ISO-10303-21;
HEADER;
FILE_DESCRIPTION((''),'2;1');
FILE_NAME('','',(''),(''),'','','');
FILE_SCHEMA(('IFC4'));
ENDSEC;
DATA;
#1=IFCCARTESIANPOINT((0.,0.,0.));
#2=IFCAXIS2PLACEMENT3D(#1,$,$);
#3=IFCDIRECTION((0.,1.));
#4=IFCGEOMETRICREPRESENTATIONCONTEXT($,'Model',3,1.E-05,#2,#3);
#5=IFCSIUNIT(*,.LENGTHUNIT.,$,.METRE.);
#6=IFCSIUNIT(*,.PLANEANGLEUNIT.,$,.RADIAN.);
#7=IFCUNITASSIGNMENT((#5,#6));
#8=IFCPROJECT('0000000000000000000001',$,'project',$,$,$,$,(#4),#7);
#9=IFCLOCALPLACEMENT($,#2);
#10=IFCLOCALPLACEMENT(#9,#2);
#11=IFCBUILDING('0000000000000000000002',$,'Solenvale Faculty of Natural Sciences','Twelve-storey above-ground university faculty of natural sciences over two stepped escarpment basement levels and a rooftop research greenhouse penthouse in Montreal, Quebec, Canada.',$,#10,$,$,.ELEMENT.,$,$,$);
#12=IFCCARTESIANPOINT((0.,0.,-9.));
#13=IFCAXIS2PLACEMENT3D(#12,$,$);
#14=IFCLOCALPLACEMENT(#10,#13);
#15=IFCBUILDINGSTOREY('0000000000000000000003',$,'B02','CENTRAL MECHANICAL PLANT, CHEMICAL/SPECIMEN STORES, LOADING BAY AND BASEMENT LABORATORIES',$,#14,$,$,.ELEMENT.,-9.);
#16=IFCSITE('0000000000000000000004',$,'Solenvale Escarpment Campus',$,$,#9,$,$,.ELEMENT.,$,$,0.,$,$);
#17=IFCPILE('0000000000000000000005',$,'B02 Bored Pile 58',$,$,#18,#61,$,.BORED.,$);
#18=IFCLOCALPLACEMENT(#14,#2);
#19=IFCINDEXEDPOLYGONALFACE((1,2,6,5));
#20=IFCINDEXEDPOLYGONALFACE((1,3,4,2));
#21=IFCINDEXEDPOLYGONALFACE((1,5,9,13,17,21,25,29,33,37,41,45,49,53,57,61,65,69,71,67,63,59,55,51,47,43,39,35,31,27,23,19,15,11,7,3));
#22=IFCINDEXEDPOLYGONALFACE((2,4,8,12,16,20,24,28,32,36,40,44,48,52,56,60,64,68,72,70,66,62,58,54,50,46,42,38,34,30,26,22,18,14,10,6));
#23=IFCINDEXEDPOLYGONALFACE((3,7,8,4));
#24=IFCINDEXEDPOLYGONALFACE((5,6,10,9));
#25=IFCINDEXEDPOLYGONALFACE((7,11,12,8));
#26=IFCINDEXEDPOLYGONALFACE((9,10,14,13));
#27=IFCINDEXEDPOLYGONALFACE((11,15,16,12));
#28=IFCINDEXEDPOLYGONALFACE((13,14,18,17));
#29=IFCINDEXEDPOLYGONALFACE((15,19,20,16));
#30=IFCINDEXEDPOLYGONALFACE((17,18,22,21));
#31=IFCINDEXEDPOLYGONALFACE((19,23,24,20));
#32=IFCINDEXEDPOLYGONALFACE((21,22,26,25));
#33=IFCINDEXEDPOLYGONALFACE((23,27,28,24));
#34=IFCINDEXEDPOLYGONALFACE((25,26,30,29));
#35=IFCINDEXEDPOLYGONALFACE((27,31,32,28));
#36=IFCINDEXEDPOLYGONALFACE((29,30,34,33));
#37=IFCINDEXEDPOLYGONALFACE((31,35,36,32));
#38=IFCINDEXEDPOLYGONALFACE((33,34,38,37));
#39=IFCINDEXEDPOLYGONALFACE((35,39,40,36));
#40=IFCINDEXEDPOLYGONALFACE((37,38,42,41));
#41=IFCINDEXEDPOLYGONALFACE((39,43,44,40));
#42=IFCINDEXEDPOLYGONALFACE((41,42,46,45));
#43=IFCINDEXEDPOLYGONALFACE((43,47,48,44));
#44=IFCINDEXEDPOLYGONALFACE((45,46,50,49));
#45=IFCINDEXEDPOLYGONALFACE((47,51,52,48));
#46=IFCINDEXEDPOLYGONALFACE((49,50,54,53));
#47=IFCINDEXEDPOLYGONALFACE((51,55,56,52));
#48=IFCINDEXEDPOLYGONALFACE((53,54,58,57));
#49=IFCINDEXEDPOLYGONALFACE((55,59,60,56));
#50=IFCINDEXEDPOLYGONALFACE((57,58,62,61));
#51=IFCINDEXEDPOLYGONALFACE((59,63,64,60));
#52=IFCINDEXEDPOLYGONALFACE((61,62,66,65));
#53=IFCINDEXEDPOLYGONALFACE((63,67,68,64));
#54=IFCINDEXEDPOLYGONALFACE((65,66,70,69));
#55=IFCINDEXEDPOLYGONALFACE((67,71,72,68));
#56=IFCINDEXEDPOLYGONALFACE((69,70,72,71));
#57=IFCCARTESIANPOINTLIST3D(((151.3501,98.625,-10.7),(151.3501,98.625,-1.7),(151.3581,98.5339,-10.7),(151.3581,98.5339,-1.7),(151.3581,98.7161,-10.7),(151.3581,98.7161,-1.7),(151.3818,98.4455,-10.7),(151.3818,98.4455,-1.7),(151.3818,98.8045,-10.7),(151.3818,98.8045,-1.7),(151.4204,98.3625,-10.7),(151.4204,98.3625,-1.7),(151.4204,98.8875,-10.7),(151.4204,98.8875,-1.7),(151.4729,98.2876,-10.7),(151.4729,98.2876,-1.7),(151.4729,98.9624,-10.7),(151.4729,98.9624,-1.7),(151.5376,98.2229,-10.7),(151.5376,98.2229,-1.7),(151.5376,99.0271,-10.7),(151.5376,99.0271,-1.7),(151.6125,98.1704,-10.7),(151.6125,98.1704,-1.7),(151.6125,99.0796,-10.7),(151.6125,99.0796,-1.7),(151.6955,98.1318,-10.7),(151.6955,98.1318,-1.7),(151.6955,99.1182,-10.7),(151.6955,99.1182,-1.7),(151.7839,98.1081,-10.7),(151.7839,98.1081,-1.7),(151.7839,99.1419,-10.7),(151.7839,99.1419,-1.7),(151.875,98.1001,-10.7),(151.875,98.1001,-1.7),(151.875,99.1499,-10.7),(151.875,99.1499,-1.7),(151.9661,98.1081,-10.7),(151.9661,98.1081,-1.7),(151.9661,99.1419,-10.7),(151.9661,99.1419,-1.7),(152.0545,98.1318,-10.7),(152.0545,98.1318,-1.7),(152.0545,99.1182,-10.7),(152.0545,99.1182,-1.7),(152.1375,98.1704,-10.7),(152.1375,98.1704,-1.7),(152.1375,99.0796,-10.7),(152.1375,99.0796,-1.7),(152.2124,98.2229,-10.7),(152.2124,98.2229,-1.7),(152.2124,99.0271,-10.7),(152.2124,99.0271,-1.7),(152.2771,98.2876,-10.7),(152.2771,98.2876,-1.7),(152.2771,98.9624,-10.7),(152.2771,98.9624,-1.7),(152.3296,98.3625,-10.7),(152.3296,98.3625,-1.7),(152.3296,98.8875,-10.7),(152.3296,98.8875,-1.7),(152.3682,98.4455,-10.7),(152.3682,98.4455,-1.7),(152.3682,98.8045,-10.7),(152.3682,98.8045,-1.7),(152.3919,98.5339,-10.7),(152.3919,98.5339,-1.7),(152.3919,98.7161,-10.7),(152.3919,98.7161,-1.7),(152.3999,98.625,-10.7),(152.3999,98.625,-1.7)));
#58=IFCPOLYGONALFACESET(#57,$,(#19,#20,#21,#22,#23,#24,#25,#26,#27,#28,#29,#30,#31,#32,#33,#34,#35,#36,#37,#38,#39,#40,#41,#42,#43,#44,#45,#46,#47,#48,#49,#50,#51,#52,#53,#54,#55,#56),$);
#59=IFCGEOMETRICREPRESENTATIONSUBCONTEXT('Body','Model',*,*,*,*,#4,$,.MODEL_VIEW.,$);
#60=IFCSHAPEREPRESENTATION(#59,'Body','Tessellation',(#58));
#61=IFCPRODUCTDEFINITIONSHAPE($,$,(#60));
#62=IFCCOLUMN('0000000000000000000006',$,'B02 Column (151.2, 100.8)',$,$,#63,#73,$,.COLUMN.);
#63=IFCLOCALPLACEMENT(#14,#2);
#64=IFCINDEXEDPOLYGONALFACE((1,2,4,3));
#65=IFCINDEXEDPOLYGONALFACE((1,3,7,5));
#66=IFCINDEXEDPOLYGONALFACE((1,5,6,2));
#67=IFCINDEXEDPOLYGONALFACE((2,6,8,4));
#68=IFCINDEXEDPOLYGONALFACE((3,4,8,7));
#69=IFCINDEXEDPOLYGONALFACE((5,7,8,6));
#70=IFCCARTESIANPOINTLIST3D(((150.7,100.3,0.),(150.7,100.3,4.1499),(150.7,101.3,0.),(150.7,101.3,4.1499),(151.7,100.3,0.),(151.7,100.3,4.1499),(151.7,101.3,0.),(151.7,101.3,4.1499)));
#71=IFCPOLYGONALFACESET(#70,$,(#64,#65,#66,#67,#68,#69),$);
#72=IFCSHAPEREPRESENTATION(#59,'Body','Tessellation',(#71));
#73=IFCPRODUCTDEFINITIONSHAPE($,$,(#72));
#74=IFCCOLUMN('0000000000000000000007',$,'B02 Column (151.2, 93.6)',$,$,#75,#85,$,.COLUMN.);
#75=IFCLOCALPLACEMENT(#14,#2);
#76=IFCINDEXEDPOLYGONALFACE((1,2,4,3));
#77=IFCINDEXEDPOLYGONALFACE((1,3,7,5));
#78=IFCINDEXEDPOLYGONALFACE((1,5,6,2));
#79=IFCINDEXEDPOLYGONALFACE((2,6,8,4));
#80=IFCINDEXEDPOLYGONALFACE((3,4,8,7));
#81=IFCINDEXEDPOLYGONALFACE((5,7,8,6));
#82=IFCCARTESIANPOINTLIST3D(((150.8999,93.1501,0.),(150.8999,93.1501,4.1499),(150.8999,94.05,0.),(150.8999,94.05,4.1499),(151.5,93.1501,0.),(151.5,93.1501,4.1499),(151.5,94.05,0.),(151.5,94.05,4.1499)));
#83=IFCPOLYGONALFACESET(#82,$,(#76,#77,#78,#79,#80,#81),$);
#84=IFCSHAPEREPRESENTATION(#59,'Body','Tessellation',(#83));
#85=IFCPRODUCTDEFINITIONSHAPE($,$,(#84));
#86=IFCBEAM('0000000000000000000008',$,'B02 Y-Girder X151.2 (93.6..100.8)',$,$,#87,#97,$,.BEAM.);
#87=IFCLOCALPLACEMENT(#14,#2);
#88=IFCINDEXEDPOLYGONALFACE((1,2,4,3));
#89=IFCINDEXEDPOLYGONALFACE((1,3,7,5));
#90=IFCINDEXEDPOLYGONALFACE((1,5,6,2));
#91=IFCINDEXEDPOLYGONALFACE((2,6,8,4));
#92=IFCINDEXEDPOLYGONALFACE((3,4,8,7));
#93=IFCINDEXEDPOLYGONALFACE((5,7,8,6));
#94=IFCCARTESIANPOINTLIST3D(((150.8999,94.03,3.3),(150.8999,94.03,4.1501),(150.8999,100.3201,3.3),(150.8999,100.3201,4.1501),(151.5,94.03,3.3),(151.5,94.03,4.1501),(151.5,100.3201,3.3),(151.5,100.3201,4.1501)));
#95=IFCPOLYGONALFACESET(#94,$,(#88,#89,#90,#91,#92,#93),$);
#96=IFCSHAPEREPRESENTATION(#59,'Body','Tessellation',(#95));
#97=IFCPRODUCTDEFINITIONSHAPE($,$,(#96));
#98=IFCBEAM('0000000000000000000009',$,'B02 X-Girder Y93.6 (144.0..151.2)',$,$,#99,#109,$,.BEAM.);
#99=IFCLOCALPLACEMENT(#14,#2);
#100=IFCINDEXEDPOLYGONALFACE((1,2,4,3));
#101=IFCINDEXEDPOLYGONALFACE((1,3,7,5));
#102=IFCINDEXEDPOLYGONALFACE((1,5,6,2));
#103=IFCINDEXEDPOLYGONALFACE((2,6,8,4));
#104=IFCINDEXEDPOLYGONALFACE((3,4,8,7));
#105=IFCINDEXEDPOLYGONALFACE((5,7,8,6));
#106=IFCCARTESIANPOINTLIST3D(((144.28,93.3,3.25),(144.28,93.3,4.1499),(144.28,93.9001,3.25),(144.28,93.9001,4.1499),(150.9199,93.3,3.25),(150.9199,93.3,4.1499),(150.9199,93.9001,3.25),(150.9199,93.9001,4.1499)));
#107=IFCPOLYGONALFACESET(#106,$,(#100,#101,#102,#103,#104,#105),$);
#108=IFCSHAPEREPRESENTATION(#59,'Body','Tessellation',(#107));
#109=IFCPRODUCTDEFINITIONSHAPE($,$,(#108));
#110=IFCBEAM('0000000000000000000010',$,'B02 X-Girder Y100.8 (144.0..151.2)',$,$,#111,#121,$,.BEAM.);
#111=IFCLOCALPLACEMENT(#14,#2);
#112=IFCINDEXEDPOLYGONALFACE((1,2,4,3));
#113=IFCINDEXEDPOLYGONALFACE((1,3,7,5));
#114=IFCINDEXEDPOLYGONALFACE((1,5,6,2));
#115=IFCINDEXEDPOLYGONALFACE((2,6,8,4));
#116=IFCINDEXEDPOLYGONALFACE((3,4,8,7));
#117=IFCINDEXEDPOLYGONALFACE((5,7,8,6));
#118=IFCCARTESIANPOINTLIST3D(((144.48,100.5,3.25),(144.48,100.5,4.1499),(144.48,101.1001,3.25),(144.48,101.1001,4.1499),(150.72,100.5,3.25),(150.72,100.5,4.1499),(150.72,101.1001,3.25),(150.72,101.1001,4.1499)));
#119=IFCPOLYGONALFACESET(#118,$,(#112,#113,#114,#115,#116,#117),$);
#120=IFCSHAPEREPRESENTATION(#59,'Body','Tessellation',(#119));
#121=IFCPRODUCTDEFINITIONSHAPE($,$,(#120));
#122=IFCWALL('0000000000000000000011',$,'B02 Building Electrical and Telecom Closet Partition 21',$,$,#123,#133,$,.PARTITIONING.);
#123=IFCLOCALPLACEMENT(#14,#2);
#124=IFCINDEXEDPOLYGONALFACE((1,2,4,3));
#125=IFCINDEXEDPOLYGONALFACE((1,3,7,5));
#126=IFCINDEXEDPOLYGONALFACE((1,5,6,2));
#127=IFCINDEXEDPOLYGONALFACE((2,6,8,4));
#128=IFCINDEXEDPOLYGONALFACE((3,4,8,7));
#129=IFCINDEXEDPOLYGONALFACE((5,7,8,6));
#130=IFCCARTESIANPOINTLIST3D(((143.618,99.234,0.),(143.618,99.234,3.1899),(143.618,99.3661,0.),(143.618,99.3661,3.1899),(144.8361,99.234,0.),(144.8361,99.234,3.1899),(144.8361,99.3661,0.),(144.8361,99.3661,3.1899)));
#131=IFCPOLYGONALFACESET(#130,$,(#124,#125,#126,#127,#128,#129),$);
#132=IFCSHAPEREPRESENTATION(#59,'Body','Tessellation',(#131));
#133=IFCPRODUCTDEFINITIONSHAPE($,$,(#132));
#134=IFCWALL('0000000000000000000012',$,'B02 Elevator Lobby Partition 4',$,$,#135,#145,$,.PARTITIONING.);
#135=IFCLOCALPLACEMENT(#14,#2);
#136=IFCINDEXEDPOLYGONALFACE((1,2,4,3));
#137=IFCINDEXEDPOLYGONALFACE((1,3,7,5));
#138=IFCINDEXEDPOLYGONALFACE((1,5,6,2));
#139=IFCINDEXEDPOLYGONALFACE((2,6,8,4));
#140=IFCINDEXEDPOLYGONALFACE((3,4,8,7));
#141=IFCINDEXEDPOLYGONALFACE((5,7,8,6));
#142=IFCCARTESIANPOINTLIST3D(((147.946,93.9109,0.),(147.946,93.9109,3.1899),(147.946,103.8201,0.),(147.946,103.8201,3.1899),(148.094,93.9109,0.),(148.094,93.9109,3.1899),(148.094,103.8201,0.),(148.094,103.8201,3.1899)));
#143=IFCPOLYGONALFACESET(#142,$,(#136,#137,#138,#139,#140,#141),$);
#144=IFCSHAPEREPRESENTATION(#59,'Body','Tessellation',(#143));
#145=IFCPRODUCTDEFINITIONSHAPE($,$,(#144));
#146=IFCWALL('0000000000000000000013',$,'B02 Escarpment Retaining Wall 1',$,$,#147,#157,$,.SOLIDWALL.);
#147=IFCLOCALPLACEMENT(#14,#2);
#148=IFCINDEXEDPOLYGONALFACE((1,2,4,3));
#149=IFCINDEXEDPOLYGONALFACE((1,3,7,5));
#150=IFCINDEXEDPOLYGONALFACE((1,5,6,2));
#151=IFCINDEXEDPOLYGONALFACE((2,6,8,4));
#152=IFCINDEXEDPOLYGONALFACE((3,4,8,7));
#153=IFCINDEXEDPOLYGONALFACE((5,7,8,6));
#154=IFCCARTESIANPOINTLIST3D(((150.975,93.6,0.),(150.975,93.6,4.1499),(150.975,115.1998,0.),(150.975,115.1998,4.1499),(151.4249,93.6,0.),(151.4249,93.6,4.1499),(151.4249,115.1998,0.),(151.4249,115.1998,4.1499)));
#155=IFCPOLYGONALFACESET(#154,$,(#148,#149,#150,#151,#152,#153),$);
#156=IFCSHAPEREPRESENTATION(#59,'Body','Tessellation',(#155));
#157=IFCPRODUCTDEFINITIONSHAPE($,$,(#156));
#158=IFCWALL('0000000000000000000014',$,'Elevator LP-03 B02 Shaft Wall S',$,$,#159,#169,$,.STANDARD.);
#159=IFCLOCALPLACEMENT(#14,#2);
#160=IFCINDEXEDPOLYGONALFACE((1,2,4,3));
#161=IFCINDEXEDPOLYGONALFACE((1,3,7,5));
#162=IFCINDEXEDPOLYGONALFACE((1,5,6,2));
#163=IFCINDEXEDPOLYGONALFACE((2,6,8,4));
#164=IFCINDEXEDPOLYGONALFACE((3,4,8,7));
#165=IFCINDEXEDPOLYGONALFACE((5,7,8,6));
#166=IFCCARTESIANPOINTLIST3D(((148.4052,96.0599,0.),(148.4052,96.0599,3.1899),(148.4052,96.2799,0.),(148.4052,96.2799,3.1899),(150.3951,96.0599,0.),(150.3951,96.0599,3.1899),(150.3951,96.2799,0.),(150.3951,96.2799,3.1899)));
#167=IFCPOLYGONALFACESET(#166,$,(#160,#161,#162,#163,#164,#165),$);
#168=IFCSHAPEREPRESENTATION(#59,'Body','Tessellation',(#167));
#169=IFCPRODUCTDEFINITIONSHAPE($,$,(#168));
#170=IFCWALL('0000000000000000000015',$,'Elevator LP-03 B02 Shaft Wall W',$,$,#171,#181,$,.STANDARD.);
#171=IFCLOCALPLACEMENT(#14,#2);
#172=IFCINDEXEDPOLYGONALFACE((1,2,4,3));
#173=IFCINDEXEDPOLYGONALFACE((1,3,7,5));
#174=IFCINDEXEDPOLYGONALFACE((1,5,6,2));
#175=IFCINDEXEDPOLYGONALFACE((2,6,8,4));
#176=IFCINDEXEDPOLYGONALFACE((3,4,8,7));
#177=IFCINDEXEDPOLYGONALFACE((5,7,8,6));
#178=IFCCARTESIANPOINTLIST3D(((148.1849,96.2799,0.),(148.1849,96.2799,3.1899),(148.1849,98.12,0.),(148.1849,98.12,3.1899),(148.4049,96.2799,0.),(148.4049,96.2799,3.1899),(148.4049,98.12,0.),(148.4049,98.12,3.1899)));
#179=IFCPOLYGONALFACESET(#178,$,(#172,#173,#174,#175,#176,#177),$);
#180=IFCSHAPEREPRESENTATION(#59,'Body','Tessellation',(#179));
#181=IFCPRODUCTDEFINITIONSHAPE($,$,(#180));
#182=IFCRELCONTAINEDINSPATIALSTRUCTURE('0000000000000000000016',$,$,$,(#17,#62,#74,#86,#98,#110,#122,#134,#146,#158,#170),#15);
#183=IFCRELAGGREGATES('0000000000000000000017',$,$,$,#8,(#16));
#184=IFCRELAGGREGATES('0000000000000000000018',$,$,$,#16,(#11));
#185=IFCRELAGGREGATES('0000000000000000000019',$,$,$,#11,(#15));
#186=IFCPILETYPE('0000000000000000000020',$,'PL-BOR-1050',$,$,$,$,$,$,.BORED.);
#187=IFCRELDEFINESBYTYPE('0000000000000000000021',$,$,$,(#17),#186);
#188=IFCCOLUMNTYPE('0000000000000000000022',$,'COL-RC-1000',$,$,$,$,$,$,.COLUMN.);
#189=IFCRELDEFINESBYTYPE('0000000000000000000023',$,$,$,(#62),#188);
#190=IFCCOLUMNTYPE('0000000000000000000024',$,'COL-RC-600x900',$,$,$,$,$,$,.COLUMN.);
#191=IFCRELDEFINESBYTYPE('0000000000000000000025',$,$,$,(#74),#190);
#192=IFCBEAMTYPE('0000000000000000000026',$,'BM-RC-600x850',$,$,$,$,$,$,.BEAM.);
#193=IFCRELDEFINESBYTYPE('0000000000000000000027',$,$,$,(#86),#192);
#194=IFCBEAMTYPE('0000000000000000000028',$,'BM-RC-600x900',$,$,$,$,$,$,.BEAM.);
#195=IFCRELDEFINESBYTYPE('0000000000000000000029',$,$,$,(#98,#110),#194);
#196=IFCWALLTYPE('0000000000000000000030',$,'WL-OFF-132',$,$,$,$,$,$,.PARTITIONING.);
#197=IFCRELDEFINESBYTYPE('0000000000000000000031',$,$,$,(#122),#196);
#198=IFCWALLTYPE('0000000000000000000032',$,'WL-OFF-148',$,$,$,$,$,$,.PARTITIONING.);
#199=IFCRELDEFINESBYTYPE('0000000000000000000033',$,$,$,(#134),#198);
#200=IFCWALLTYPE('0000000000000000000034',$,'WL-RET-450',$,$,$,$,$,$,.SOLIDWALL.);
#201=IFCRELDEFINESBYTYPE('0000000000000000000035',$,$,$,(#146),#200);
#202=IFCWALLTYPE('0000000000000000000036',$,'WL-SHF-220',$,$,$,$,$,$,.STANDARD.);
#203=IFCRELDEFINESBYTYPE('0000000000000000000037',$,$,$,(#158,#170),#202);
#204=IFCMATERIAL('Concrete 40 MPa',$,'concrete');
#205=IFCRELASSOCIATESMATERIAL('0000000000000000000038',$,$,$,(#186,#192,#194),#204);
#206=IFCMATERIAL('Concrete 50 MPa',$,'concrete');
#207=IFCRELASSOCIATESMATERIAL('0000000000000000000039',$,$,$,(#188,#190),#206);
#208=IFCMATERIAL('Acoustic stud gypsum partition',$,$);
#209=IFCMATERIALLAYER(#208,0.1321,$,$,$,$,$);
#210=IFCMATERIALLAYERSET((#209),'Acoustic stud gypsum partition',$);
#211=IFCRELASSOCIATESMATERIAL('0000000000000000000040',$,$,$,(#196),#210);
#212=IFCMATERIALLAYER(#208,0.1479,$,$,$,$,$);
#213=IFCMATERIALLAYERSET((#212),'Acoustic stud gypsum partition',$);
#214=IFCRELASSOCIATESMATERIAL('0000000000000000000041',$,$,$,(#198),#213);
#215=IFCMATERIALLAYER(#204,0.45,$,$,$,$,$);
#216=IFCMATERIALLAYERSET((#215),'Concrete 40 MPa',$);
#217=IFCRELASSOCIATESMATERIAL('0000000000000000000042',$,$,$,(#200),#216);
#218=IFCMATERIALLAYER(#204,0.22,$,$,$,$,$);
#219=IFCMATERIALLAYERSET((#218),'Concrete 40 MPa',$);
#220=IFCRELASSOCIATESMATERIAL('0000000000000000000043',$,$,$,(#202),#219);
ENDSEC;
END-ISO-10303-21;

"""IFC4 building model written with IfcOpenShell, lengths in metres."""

from ifc_helpers import new_model, si_unit, direction, frame, frame_2d, origin, origin_2d, place, context, subcontext, project, spatial, rectangle, circle, extrude, material, layer, layer_set, material_profile, profile_set, type_object, element, save


model = new_model("IFC4")

# Units and contexts
model_context = context("Model", 3, precision=1e-05, world=origin(), true_north=direction((0.0, 1.0)))
body_context = subcontext(model_context, "Body", "Model", "MODEL_VIEW")
ifc_project = project(units=[si_unit("LENGTHUNIT", "METRE"), si_unit("PLANEANGLEUNIT", "RADIAN")], contexts=[model_context])

# Site, building, storey
site_placement = place(None, origin())
site = spatial("IfcSite", under=ifc_project, at=site_placement, Name="Solenvale Escarpment Campus", CompositionType="ELEMENT", RefElevation=0.0)
building_placement = place(site_placement, origin())
building = spatial("IfcBuilding", under=site, at=building_placement, Name="Solenvale Faculty of Natural Sciences", Description="Twelve-storey above-ground university faculty of natural sciences over two stepped escarpment basement levels and a rooftop research greenhouse penthouse in Montreal, Quebec, Canada.", CompositionType="ELEMENT")
storey_placement = place(building_placement, frame((0.0, 0.0, -9.0)))
storey = spatial("IfcBuildingStorey", under=building, at=storey_placement, Name="B02", Description="CENTRAL MECHANICAL PLANT, CHEMICAL/SPECIMEN STORES, LOADING BAY AND BASEMENT LABORATORIES", CompositionType="ELEMENT", Elevation=-9.0)

# Shared definitions
ifc_material_1 = material(Name="Concrete 40 MPa", Category="concrete")

# Pile
ifc_material_profile_1 = material_profile(ifc_material_1, circle(Radius=0.5249, at=origin_2d()), Name="PILE-D1050")
ifc_profile_set_1 = profile_set([ifc_material_profile_1], Name="Concrete 40 MPa")
pile_type = type_object("IfcPileType", Name="PL-BOR-1050", PredefinedType="BORED", material=ifc_profile_set_1)
for number, where, z_axis, x_axis, name in (
    (1, (151.875, 98.625, -1.7), (0.0, 0.0, -1.0), (1.0, 0.0, 0.0), "B02 Bored Pile 58"),
):
    element("IfcPile", number, at=place(storey_placement, frame(where, z_axis=z_axis, x_axis=x_axis)), inside=storey, type_object=pile_type, Name=name, PredefinedType="BORED", context=body_context, shape_type="SweptSolid", body=[
        extrude(circle(Radius=0.5249, at=origin_2d()), origin(), (0.0, 0.0, 1.0), 9.0),
    ])

# Columns
ifc_material_2 = material(Name="Concrete 50 MPa", Category="concrete")
ifc_material_profile_2 = material_profile(ifc_material_2, rectangle(XDim=1.0, YDim=1.0, at=origin_2d()), Name="RC-COL-1000x1000")
ifc_profile_set_2 = profile_set([ifc_material_profile_2], Name="Concrete 50 MPa")
column_type_1 = type_object("IfcColumnType", Name="COL-RC-1000", PredefinedType="COLUMN", material=ifc_profile_set_2)
column_1_placement = place(storey_placement, frame((151.2, 100.8, 0.0), z_axis=(0.0, 0.0, 1.0), x_axis=(1.0, 0.0, 0.0)))
element("IfcColumn", 2, at=column_1_placement, inside=storey, type_object=column_type_1, Name="B02 Column (151.2, 100.8)", PredefinedType="COLUMN", context=body_context, shape_type="SweptSolid", body=[
    extrude(rectangle(XDim=1.0, YDim=1.0, at=origin_2d()), origin(), (0.0, 0.0, 1.0), 4.1499),
])
ifc_material_profile_3 = material_profile(ifc_material_2, rectangle(XDim=0.6001, YDim=0.8999, at=origin_2d()), Name="RC-COL-600x900")
ifc_profile_set_3 = profile_set([ifc_material_profile_3], Name="Concrete 50 MPa")
column_type_2 = type_object("IfcColumnType", Name="COL-RC-600x900", PredefinedType="COLUMN", material=ifc_profile_set_3)
column_2_placement = place(storey_placement, frame((151.2, 93.6001, 0.0), z_axis=(0.0, 0.0, 1.0), x_axis=(1.0, 0.0, 0.0)))
element("IfcColumn", 3, at=column_2_placement, inside=storey, type_object=column_type_2, Name="B02 Column (151.2, 93.6)", PredefinedType="COLUMN", context=body_context, shape_type="SweptSolid", body=[
    extrude(rectangle(XDim=0.6001, YDim=0.8999, at=origin_2d()), origin(), (0.0, 0.0, 1.0), 4.1499),
])

# Beams
ifc_material_profile_4 = material_profile(ifc_material_1, rectangle(XDim=0.6001, YDim=0.8501, at=origin_2d()), Name="RC-BM-600x850")
ifc_profile_set_4 = profile_set([ifc_material_profile_4], Name="Concrete 40 MPa")
beam_type_1 = type_object("IfcBeamType", Name="BM-RC-600x850", PredefinedType="BEAM", material=ifc_profile_set_4)
beam_1_placement = place(storey_placement, frame((151.2, 94.03, 3.7251), z_axis=(0.0, 1.0, 0.0), x_axis=(-1.0, 0.0, 0.0)))
element("IfcBeam", 4, at=beam_1_placement, inside=storey, type_object=beam_type_1, Name="B02 Y-Girder X151.2 (93.6..100.8)", PredefinedType="BEAM", context=body_context, shape_type="SweptSolid", body=[
    extrude(rectangle(XDim=0.6001, YDim=0.8501, at=origin_2d()), origin(), (0.0, 0.0, 1.0), 6.29),
])
ifc_material_profile_5 = material_profile(ifc_material_1, rectangle(XDim=0.6001, YDim=0.8999, at=origin_2d()), Name="RC-BM-600x900")
ifc_profile_set_5 = profile_set([ifc_material_profile_5], Name="Concrete 40 MPa")
beam_type_2 = type_object("IfcBeamType", Name="BM-RC-600x900", PredefinedType="BEAM", material=ifc_profile_set_5)
beam_2_placement = place(storey_placement, frame((144.28, 93.6001, 3.7), z_axis=(1.0, 0.0, 0.0), x_axis=(0.0, 1.0, 0.0)))
element("IfcBeam", 5, at=beam_2_placement, inside=storey, type_object=beam_type_2, Name="B02 X-Girder Y93.6 (144.0..151.2)", PredefinedType="BEAM", context=body_context, shape_type="SweptSolid", body=[
    extrude(rectangle(XDim=0.6001, YDim=0.8999, at=origin_2d()), origin(), (0.0, 0.0, 1.0), 6.6399),
])
beam_3_placement = place(storey_placement, frame((144.48, 100.8, 3.7), z_axis=(1.0, 0.0, 0.0), x_axis=(0.0, 1.0, 0.0)))
element("IfcBeam", 6, at=beam_3_placement, inside=storey, type_object=beam_type_2, Name="B02 X-Girder Y100.8 (144.0..151.2)", PredefinedType="BEAM", context=body_context, shape_type="SweptSolid", body=[
    extrude(rectangle(XDim=0.6001, YDim=0.8999, at=origin_2d()), origin(), (0.0, 0.0, 1.0), 6.24),
])

# Walls
ifc_material_3 = material(Name="Acoustic stud gypsum partition")
ifc_layer_1 = layer(ifc_material_3, 0.1321)
ifc_layer_set_1 = layer_set([ifc_layer_1], Name="Acoustic stud gypsum partition")
wall_type_1 = type_object("IfcWallType", Name="WL-OFF-132", PredefinedType="PARTITIONING", material=ifc_layer_set_1)
wall_1_placement = place(storey_placement, frame((144.8359, 99.3, 0.0), z_axis=(0.0, 0.0, 1.0), x_axis=(-1.0, 0.0, 0.0)))
element("IfcWall", 7, at=wall_1_placement, inside=storey, type_object=wall_type_1, Name="B02 Building Electrical and Telecom Closet Partition 21", PredefinedType="PARTITIONING", context=body_context, shape_type="SweptSolid", body=[
    extrude(rectangle(XDim=1.218, YDim=0.1321, at=frame_2d((0.6089, 0.0))), origin(), (0.0, 0.0, 1.0), 3.1899),
])
ifc_layer_2 = layer(ifc_material_3, 0.1479)
ifc_layer_set_2 = layer_set([ifc_layer_2], Name="Acoustic stud gypsum partition")
wall_type_2 = type_object("IfcWallType", Name="WL-OFF-148", PredefinedType="PARTITIONING", material=ifc_layer_set_2)
wall_2_placement = place(storey_placement, frame((148.02, 93.9109, 0.0), z_axis=(0.0, 0.0, 1.0), x_axis=(0.0, 1.0, 0.0)))
element("IfcWall", 8, at=wall_2_placement, inside=storey, type_object=wall_type_2, Name="B02 Elevator Lobby Partition 4", PredefinedType="PARTITIONING", context=body_context, shape_type="SweptSolid", body=[
    extrude(rectangle(XDim=9.9092, YDim=0.1479, at=frame_2d((4.9546, 0.0))), origin(), (0.0, 0.0, 1.0), 3.1899),
])
ifc_layer_3 = layer(ifc_material_1, 0.45)
ifc_layer_set_3 = layer_set([ifc_layer_3], Name="Concrete 40 MPa")
wall_type_3 = type_object("IfcWallType", Name="WL-RET-450", PredefinedType="SOLIDWALL", material=ifc_layer_set_3)
wall_3_placement = place(storey_placement, frame((151.2, 93.6001, 0.0), z_axis=(0.0, 0.0, 1.0), x_axis=(0.0, 1.0, 0.0)))
element("IfcWall", 9, at=wall_3_placement, inside=storey, type_object=wall_type_3, Name="B02 Escarpment Retaining Wall 1", PredefinedType="SOLIDWALL", context=body_context, shape_type="SweptSolid", body=[
    extrude(rectangle(XDim=21.5999, YDim=0.45, at=frame_2d((10.7998, 0.0))), origin(), (0.0, 0.0, 1.0), 4.1499),
])
ifc_layer_4 = layer(ifc_material_1, 0.22)
ifc_layer_set_4 = layer_set([ifc_layer_4], Name="Concrete 40 MPa")
wall_type_4 = type_object("IfcWallType", Name="WL-SHF-220", PredefinedType="STANDARD", material=ifc_layer_set_4)
wall_4_placement = place(storey_placement, frame((148.405, 96.1699, 0.0), z_axis=(0.0, 0.0, 1.0), x_axis=(1.0, 0.0, 0.0)))
element("IfcWall", 10, at=wall_4_placement, inside=storey, type_object=wall_type_4, Name="Elevator LP-03 B02 Shaft Wall S", PredefinedType="STANDARD", context=body_context, shape_type="SweptSolid", body=[
    extrude(rectangle(XDim=1.99, YDim=0.22, at=frame_2d((0.9951, 0.0))), origin(), (0.0, 0.0, 1.0), 3.1899),
])

# Wall
for number, where, z_axis, x_axis, name in (
    (11, (148.2949, 96.28, 0.0), (0.0, 0.0, 1.0), (0.0, 1.0, 0.0), "Elevator LP-03 B02 Shaft Wall W"),
):
    element("IfcWall", number, at=place(storey_placement, frame(where, z_axis=z_axis, x_axis=x_axis)), inside=storey, type_object=wall_type_4, Name=name, PredefinedType="STANDARD", context=body_context, shape_type="SweptSolid", body=[
        extrude(rectangle(XDim=1.8401, YDim=0.22, at=frame_2d((0.9199, 0.0))), origin(), (0.0, 0.0, 1.0), 3.1899),
    ])

save(model, "model.ifc")
